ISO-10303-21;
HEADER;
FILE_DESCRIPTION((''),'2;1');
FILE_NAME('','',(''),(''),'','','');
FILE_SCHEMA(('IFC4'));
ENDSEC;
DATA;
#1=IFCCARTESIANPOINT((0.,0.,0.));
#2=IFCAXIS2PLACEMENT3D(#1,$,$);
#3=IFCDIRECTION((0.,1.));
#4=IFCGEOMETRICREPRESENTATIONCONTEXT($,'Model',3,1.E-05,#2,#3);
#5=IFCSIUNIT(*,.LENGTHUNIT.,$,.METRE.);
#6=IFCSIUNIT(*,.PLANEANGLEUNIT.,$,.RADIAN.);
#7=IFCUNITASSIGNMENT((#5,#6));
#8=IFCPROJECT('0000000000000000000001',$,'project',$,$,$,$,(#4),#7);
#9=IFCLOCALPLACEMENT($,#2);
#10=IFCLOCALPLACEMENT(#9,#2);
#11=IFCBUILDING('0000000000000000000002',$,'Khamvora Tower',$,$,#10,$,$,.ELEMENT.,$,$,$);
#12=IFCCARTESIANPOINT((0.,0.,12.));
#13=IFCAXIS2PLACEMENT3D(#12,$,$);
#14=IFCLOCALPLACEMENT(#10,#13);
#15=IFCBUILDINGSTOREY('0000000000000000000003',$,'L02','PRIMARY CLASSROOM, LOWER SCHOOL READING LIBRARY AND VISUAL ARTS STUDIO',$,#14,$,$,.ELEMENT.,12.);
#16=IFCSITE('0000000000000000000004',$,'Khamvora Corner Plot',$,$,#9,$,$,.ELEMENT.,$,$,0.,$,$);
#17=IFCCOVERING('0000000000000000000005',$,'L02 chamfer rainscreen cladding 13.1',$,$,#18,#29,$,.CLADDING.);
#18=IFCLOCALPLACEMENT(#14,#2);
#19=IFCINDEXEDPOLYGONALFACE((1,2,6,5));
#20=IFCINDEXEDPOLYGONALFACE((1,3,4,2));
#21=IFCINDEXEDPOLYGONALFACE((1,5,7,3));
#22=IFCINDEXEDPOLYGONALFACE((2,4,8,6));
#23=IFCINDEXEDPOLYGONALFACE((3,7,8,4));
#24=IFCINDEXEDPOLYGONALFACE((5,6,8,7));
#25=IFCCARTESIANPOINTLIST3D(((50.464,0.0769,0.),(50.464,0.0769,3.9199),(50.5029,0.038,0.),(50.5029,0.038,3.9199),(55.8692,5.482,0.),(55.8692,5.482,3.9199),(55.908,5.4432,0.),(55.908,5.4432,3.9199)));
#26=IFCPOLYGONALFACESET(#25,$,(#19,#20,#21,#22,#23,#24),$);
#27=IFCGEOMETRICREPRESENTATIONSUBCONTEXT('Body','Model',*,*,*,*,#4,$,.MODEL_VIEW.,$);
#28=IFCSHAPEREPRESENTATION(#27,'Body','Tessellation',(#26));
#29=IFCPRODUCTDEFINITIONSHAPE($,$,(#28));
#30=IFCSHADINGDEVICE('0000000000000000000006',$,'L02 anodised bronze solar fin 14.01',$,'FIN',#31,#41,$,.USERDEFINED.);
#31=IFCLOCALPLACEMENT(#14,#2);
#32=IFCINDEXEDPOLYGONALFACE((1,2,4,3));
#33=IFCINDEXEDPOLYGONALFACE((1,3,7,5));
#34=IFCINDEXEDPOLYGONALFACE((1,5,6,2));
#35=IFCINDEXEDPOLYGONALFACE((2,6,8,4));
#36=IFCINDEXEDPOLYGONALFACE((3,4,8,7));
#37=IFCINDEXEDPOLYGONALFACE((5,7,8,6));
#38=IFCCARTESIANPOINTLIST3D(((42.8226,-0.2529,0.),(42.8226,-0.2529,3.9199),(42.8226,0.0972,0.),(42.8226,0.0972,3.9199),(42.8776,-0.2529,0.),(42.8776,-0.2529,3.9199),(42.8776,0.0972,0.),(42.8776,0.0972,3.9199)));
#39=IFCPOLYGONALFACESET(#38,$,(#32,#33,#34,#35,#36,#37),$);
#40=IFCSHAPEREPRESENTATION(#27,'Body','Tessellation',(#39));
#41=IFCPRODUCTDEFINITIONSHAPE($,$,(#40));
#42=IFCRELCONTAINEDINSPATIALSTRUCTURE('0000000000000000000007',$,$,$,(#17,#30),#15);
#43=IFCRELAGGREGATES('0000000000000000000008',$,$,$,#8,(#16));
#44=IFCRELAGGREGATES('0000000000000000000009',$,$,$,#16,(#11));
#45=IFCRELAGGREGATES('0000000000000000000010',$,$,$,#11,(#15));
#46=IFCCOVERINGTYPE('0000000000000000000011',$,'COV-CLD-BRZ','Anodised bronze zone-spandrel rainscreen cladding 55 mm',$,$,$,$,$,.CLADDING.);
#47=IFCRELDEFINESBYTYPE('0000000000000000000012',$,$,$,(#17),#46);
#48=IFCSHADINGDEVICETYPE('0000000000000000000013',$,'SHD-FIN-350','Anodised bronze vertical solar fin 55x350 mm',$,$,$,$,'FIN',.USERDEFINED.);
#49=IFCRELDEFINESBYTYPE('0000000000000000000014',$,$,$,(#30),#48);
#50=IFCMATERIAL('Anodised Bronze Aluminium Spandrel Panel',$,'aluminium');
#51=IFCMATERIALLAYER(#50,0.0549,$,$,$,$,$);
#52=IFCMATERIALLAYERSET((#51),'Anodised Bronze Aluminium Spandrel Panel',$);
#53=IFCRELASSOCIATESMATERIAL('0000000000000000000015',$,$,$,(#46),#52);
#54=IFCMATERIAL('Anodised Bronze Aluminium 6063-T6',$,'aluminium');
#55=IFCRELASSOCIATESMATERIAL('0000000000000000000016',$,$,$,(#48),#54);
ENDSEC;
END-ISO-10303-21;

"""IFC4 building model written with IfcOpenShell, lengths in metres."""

from ifc_helpers import new_model, si_unit, direction, frame, origin, origin_2d, place, context, subcontext, project, spatial, rectangle, extrude, material, layer, layer_set, type_object, element, save


model = new_model("IFC4")

# Units and contexts
model_context = context("Model", 3, precision=1e-05, world=origin(), true_north=direction((0.0, 1.0)))
body_context = subcontext(model_context, "Body", "Model", "MODEL_VIEW")
ifc_project = project(units=[si_unit("LENGTHUNIT", "METRE"), si_unit("PLANEANGLEUNIT", "RADIAN")], contexts=[model_context])

# Site, building, storey
site_placement = place(None, origin())
site = spatial("IfcSite", under=ifc_project, at=site_placement, Name="Khamvora Corner Plot", CompositionType="ELEMENT", RefElevation=0.0)
building_placement = place(site_placement, origin())
building = spatial("IfcBuilding", under=site, at=building_placement, Name="Khamvora Tower", CompositionType="ELEMENT")
storey_placement = place(building_placement, frame((0.0, 0.0, 12.0)))
storey = spatial("IfcBuildingStorey", under=building, at=storey_placement, Name="L02", Description="PRIMARY CLASSROOM, LOWER SCHOOL READING LIBRARY AND VISUAL ARTS STUDIO", CompositionType="ELEMENT", Elevation=12.0)

# Covering
ifc_material_1 = material(Name="Anodised Bronze Aluminium Spandrel Panel", Category="aluminium")
ifc_layer_1 = layer(ifc_material_1, 0.0549)
ifc_layer_set_1 = layer_set([ifc_layer_1], Name="Anodised Bronze Aluminium Spandrel Panel")
covering_type = type_object("IfcCoveringType", Name="COV-CLD-BRZ", Description="Anodised bronze zone-spandrel rainscreen cladding 55 mm", PredefinedType="CLADDING", material=ifc_layer_set_1)
covering_placement = place(storey_placement, frame((53.186, 2.76, 0.0), z_axis=(0.0, 0.0, 1.0), x_axis=(-0.707107, -0.707107, 0.0)))
element("IfcCovering", 1, at=covering_placement, inside=storey, type_object=covering_type, Name="L02 chamfer rainscreen cladding 13.1", PredefinedType="CLADDING", context=body_context, shape_type="SweptSolid", body=[
    extrude(rectangle(XDim=7.644, YDim=0.0549, at=origin_2d()), origin(), (0.0, 0.0, 1.0), 3.9199),
])

# Shading device
ifc_material_2 = material(Name="Anodised Bronze Aluminium 6063-T6", Category="aluminium")
shading_device_type = type_object("IfcShadingDeviceType", Name="SHD-FIN-350", Description="Anodised bronze vertical solar fin 55x350 mm", ElementType="FIN", PredefinedType="USERDEFINED", material=ifc_material_2)
shading_device_placement = place(storey_placement, frame((42.8501, -0.0779, 0.0), z_axis=(0.0, 0.0, 1.0), x_axis=(-1.0, 0.0, 0.0)))
element("IfcShadingDevice", 2, at=shading_device_placement, inside=storey, type_object=shading_device_type, Name="L02 anodised bronze solar fin 14.01", ObjectType="FIN", PredefinedType="USERDEFINED", context=body_context, shape_type="SweptSolid", body=[
    extrude(rectangle(XDim=0.0549, YDim=0.3501, at=origin_2d()), origin(), (0.0, 0.0, 1.0), 3.9199),
])

save(model, "model.ifc")
